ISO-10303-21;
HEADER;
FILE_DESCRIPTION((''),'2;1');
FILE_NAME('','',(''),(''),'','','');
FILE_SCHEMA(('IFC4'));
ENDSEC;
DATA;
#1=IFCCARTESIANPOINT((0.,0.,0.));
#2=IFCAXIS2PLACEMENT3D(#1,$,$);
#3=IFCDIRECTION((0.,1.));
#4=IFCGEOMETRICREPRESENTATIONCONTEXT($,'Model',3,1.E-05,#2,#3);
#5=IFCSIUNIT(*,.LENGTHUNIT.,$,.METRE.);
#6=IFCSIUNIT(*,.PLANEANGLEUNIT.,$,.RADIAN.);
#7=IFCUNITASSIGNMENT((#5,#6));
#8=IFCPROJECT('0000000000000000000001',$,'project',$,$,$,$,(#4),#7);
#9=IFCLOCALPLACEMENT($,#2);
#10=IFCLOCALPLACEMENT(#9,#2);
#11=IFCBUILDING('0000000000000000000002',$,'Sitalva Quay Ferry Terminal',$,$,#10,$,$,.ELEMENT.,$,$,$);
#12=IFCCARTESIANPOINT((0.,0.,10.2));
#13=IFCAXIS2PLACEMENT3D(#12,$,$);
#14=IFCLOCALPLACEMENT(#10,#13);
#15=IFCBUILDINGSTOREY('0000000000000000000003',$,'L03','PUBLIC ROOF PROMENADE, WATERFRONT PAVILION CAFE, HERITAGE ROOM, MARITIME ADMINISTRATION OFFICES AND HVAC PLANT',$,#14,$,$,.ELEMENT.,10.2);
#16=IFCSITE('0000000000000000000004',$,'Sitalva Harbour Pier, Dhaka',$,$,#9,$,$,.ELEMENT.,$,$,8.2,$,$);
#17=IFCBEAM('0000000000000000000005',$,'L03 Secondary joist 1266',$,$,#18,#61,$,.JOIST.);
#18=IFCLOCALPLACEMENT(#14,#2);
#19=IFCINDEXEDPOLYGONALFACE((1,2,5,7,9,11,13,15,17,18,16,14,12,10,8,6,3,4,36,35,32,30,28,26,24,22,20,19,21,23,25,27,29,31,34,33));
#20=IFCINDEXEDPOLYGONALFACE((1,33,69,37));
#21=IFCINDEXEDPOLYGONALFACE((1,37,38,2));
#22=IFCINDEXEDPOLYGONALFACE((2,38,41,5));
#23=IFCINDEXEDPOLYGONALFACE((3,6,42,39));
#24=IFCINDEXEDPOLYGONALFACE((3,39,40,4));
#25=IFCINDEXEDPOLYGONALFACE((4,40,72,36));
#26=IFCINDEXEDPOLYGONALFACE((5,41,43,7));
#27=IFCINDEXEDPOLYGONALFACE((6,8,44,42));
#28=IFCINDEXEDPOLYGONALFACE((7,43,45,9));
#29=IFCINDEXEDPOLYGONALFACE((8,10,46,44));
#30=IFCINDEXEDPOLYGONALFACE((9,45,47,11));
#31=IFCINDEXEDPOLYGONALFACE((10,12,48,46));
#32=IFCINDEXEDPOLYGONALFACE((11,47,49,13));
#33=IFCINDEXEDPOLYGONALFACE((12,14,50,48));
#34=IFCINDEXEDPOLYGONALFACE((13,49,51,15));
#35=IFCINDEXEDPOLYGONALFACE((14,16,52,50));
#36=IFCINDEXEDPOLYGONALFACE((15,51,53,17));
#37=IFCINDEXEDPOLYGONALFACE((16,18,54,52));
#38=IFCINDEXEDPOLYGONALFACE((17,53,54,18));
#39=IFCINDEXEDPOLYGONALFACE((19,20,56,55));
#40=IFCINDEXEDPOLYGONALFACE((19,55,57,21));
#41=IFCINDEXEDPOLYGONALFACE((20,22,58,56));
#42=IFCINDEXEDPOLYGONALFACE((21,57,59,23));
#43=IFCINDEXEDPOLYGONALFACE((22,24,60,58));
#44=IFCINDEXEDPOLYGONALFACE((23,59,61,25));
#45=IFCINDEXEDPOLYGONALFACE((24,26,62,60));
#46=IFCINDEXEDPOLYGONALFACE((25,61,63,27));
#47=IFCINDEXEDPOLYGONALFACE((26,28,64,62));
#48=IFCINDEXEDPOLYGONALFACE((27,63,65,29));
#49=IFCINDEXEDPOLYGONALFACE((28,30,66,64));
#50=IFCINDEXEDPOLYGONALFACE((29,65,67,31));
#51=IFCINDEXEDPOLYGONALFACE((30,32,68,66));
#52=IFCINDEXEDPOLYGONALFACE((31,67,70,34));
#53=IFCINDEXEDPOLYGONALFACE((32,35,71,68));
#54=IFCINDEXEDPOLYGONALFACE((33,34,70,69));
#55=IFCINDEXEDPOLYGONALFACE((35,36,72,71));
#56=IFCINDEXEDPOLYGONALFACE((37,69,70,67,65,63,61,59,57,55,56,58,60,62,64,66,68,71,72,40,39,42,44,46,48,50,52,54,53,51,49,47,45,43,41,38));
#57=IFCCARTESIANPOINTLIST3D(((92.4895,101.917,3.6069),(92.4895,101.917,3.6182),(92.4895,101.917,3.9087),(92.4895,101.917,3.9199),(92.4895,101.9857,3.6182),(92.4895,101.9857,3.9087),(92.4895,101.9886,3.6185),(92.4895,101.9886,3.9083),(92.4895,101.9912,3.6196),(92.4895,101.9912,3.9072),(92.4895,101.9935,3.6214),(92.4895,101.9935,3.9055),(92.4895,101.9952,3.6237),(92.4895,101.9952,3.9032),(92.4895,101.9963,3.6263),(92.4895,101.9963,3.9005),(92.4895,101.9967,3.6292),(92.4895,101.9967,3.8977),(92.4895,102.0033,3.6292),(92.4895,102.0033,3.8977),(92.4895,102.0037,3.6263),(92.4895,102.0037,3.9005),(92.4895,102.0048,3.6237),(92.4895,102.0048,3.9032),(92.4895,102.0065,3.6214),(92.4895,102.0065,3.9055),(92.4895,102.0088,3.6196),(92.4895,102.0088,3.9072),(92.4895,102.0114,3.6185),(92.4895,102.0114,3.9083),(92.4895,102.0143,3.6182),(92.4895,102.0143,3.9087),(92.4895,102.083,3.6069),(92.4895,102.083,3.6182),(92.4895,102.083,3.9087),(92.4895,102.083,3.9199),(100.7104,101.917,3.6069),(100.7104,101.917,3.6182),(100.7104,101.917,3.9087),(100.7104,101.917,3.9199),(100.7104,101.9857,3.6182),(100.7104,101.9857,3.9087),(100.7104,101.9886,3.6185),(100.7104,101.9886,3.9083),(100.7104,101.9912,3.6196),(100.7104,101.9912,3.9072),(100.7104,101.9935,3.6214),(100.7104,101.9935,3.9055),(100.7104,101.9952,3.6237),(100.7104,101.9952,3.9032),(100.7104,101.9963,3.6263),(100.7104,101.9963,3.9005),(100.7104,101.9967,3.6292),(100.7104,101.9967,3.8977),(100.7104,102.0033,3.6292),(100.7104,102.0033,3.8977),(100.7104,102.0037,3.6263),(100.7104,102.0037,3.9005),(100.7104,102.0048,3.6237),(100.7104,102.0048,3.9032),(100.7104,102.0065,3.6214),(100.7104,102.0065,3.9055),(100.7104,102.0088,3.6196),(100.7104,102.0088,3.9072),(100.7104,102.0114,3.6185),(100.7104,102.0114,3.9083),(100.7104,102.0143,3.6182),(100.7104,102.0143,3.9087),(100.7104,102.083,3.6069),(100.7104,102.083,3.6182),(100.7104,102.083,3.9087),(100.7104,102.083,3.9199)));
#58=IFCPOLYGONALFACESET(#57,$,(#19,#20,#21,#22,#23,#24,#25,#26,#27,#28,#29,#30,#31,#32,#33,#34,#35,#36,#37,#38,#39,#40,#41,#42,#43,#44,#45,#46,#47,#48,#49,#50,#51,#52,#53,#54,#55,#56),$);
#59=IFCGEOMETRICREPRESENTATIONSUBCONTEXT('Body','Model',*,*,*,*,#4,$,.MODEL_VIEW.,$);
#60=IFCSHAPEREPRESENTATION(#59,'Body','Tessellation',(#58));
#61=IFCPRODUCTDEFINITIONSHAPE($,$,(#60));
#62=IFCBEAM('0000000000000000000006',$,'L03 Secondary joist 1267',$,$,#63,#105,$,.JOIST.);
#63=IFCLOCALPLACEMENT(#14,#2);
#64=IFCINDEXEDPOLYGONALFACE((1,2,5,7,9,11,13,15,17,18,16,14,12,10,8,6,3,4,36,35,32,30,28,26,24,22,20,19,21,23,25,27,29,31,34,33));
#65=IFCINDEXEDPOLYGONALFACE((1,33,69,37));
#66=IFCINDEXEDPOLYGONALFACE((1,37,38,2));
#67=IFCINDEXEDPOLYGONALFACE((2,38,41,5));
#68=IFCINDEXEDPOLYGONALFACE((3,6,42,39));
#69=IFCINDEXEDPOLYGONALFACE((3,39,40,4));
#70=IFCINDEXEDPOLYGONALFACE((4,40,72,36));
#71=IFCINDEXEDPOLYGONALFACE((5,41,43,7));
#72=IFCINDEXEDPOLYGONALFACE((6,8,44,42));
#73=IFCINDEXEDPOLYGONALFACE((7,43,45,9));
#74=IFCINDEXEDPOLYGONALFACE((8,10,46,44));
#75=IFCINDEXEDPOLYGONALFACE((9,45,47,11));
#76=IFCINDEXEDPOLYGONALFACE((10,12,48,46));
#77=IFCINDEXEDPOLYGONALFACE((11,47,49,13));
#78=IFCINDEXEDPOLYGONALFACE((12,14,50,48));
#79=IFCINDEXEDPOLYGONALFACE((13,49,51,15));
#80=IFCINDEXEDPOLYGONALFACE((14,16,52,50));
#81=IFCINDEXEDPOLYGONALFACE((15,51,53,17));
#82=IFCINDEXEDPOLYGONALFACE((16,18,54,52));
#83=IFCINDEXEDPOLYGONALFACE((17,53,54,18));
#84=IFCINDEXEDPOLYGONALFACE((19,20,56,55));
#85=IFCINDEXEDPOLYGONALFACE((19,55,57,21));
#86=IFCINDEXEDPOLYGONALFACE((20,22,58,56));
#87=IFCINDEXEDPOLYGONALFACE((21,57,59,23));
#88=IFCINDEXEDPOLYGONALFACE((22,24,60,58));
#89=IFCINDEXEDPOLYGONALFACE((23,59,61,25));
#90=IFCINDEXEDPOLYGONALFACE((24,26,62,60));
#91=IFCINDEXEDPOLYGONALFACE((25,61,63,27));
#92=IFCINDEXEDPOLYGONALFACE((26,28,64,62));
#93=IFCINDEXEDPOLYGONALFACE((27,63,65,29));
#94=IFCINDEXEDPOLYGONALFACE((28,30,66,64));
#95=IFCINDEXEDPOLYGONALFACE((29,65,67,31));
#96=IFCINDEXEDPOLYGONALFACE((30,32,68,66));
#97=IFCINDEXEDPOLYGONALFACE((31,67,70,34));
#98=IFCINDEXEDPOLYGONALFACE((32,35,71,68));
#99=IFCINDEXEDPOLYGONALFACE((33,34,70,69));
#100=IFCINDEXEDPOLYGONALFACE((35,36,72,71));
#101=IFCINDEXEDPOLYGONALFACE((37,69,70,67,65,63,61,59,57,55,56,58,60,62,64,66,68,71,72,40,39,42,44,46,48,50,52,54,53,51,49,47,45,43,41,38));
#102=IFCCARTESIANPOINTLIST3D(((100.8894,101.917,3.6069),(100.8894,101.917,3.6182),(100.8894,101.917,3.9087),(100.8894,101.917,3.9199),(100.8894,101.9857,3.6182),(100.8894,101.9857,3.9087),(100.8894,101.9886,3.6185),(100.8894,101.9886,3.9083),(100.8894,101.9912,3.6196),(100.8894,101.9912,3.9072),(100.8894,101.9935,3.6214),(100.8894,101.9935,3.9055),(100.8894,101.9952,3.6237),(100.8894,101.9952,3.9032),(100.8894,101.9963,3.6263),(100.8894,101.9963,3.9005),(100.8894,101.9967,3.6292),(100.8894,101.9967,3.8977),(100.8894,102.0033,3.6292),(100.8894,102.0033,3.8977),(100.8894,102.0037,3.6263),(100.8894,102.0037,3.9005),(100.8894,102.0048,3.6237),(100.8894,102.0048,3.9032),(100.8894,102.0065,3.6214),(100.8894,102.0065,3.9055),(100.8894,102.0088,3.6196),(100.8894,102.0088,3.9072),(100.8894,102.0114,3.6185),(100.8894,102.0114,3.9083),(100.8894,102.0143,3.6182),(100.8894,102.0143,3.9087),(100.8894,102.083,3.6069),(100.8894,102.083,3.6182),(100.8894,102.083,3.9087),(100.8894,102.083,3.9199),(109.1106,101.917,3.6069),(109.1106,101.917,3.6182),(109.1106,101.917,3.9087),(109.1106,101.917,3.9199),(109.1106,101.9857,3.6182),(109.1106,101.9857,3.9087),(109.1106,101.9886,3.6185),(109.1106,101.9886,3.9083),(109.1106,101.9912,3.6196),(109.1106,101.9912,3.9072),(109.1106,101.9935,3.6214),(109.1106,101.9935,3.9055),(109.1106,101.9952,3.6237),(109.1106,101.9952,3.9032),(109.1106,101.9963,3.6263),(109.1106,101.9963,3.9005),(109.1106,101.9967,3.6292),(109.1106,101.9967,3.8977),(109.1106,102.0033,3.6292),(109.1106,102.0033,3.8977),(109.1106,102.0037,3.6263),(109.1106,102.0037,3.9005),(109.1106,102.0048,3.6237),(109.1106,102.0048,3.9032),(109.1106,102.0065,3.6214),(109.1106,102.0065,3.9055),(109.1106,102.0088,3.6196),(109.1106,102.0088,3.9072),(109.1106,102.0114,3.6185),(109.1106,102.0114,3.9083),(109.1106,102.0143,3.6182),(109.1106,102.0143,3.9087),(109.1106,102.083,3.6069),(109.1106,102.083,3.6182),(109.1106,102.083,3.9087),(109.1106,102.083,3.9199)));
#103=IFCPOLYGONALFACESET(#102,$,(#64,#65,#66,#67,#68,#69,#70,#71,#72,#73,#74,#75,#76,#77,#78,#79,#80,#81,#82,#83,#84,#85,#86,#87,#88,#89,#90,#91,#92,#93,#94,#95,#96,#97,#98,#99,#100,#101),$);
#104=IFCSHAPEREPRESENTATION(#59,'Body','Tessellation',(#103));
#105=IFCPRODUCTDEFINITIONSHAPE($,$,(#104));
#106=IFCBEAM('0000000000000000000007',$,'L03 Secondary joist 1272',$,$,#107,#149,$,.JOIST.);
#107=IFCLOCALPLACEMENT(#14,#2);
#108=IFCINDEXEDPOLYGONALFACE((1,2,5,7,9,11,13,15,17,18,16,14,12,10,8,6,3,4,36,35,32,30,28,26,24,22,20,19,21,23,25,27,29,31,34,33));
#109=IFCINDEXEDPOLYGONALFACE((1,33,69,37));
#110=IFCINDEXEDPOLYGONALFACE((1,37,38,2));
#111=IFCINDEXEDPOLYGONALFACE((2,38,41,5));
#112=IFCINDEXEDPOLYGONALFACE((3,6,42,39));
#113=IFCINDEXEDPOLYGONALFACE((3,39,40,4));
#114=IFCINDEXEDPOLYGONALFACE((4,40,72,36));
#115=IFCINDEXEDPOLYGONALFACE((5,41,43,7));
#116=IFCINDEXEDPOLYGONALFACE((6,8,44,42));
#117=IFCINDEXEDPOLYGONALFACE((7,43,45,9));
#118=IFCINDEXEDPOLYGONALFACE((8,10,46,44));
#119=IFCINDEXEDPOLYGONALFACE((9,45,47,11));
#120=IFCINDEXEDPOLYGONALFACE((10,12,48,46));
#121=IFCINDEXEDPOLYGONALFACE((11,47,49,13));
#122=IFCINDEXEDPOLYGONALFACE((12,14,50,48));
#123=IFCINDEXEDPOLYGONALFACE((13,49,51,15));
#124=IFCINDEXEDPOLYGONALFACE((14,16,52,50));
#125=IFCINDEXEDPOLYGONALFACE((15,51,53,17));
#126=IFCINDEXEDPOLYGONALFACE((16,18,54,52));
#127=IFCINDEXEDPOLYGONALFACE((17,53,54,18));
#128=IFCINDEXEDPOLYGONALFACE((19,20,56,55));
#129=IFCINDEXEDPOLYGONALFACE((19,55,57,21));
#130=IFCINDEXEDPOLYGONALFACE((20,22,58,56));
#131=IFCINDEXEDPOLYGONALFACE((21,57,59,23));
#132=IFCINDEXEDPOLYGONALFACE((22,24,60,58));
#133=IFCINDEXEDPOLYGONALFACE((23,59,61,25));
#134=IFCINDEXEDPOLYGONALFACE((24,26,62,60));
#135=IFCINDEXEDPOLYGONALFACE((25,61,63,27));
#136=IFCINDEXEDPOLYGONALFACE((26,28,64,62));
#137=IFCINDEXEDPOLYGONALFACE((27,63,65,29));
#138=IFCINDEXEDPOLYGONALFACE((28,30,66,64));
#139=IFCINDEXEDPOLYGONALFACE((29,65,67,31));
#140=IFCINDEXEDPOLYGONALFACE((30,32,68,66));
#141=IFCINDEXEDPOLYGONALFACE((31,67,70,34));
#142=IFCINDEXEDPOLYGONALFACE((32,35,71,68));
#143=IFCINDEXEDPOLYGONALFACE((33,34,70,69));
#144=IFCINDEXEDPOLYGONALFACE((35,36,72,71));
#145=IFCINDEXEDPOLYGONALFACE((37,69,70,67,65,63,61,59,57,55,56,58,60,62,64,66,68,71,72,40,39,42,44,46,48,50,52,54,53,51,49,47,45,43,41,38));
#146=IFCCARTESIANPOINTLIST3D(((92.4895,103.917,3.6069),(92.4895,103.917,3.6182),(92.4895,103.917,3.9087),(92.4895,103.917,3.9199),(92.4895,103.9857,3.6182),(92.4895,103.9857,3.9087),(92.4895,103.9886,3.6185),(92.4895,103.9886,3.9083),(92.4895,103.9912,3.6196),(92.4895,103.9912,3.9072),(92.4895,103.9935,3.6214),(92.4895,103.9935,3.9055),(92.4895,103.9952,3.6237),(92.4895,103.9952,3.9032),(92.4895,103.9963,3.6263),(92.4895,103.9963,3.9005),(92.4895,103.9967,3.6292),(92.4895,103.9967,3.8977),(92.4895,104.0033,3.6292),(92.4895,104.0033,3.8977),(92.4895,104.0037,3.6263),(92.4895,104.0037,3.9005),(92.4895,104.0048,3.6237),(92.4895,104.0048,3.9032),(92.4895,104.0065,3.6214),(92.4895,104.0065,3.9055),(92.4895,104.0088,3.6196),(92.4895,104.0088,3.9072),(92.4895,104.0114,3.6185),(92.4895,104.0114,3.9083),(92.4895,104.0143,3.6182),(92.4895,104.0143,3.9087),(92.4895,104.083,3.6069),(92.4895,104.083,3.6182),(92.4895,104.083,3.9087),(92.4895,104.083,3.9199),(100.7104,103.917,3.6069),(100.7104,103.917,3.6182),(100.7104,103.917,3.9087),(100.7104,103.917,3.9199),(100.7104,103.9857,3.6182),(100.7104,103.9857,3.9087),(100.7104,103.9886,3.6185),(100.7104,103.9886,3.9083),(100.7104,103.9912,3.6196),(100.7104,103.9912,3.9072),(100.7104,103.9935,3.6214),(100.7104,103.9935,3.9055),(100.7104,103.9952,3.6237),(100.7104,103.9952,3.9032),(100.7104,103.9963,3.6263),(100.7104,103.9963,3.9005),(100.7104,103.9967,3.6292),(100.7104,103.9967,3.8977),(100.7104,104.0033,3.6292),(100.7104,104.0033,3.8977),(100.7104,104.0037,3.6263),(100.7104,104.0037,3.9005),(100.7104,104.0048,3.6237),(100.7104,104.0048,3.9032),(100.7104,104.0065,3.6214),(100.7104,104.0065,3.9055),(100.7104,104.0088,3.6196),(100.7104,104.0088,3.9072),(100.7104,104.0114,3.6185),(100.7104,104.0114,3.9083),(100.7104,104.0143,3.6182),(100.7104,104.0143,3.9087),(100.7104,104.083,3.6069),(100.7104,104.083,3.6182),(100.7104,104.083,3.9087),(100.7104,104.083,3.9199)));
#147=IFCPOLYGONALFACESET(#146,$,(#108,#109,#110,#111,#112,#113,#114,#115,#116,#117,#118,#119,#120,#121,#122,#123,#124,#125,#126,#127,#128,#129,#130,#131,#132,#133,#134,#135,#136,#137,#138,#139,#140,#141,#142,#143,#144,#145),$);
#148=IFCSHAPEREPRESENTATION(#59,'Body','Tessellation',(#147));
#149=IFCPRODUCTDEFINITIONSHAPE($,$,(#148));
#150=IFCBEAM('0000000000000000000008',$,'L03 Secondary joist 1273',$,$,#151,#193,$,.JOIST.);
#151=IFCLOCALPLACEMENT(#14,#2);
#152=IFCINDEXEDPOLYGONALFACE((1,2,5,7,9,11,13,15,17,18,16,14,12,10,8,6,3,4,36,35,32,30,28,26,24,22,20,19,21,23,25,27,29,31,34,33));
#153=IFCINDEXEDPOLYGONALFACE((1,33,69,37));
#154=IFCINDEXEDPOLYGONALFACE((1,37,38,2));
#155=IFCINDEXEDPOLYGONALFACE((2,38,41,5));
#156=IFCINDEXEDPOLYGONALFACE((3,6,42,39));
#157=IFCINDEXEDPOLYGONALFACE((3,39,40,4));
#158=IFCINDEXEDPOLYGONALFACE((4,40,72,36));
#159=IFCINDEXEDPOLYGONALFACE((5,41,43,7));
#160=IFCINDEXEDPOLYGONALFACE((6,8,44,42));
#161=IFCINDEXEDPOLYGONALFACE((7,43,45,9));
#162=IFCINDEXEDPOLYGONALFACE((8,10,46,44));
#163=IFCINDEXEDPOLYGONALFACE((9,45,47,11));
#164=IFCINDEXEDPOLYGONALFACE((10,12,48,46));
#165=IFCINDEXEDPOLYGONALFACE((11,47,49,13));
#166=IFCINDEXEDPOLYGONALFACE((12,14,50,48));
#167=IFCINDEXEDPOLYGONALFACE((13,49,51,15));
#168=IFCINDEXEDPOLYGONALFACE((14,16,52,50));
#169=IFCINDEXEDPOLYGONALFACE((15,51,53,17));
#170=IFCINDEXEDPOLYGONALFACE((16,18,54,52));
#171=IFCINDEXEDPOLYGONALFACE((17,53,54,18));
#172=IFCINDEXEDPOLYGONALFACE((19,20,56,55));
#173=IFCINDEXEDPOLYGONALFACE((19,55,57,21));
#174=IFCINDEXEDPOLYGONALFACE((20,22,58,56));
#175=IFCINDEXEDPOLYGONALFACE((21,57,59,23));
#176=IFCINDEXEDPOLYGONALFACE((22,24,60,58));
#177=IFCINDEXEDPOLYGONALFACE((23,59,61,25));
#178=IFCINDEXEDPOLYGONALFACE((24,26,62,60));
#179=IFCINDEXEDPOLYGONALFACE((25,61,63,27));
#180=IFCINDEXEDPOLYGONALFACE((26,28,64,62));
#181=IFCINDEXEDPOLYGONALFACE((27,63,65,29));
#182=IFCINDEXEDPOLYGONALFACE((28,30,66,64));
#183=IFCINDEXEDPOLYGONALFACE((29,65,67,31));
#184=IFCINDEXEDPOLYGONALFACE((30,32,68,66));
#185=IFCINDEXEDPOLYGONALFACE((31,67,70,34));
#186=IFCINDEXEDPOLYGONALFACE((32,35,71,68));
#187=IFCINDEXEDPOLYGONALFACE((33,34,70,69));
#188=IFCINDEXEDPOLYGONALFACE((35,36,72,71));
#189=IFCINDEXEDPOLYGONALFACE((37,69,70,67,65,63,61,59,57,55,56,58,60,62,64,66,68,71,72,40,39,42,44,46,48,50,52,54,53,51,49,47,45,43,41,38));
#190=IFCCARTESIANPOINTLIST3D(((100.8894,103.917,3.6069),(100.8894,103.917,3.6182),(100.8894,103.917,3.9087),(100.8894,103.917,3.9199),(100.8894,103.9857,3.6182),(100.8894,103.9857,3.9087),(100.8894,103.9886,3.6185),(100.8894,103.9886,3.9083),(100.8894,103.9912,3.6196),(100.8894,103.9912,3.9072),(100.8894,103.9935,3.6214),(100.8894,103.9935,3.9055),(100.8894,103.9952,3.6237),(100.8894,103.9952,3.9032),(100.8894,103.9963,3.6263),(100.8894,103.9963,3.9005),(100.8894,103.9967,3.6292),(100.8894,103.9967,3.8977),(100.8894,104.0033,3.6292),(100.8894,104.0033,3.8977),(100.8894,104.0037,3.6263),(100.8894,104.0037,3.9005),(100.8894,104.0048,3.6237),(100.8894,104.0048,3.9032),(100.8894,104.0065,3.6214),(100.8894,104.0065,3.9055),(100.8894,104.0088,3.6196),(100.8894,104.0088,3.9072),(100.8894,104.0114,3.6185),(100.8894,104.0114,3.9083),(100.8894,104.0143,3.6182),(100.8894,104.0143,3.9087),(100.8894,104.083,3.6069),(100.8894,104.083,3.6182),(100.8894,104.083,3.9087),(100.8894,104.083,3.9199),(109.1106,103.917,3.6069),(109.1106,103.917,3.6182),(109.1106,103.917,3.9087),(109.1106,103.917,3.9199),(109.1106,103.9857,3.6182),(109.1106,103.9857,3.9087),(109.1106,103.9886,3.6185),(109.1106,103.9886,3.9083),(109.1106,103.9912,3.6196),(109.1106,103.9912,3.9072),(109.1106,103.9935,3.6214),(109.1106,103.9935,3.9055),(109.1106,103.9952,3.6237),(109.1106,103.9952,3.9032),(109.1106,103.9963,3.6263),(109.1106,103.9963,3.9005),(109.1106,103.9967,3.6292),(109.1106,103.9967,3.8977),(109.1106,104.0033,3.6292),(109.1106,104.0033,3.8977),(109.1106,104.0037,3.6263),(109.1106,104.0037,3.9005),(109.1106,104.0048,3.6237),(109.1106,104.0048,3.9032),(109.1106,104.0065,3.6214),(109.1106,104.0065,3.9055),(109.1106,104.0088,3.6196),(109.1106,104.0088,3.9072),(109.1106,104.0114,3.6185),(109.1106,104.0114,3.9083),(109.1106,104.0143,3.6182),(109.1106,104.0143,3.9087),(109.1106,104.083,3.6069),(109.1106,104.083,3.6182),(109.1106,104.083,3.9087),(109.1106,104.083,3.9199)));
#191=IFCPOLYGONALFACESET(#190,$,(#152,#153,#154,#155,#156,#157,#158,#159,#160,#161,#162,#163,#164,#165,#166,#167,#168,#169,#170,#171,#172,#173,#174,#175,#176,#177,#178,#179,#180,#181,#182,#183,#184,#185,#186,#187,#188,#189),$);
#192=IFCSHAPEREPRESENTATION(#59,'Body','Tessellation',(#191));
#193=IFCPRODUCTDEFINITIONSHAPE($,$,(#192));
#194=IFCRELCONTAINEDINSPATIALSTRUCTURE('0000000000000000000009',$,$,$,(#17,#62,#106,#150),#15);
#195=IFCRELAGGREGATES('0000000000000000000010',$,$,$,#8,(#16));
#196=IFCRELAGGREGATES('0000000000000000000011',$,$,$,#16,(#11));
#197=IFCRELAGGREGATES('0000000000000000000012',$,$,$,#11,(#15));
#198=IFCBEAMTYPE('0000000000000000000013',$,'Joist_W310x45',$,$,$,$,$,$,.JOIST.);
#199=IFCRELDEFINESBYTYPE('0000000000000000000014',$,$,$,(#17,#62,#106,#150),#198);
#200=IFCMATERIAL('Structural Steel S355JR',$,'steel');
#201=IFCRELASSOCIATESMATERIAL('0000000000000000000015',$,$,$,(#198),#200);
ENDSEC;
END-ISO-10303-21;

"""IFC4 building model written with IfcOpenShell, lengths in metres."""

from ifc_helpers import new_model, si_unit, direction, frame, origin, origin_2d, place, context, subcontext, project, spatial, i_section, extrude, material, material_profile, profile_set, type_object, element, save


model = new_model("IFC4")

# Units and contexts
model_context = context("Model", 3, precision=1e-05, world=origin(), true_north=direction((0.0, 1.0)))
body_context = subcontext(model_context, "Body", "Model", "MODEL_VIEW")
ifc_project = project(units=[si_unit("LENGTHUNIT", "METRE"), si_unit("PLANEANGLEUNIT", "RADIAN")], contexts=[model_context])

# Site, building, storey
site_placement = place(None, origin())
site = spatial("IfcSite", under=ifc_project, at=site_placement, Name="Sitalva Harbour Pier, Dhaka", CompositionType="ELEMENT", RefElevation=8.2)
building_placement = place(site_placement, origin())
building = spatial("IfcBuilding", under=site, at=building_placement, Name="Sitalva Quay Ferry Terminal", CompositionType="ELEMENT")
storey_placement = place(building_placement, frame((0.0, 0.0, 10.2)))
storey = spatial("IfcBuildingStorey", under=building, at=storey_placement, Name="L03", Description="PUBLIC ROOF PROMENADE, WATERFRONT PAVILION CAFE, HERITAGE ROOM, MARITIME ADMINISTRATION OFFICES AND HVAC PLANT", CompositionType="ELEMENT", Elevation=10.2)

# Beams
ifc_material_1 = material(Name="Structural Steel S355JR", Category="steel")
ifc_material_profile_1 = material_profile(ifc_material_1, i_section(OverallWidth=0.166, OverallDepth=0.313, WebThickness=0.0066, FlangeThickness=0.0112, FilletRadius=0.011, at=origin_2d()), Name="W310x45")
ifc_profile_set_1 = profile_set([ifc_material_profile_1], Name="Structural Steel S355JR")
beam_type_1 = type_object("IfcBeamType", Name="Joist_W310x45", PredefinedType="JOIST", material=ifc_profile_set_1)
beam_1_placement = place(storey_placement, frame((92.4895, 102.0, 3.7634), z_axis=(1.0, 0.0, 0.0), x_axis=(0.0, 1.0, 0.0)))
element("IfcBeam", 1, at=beam_1_placement, inside=storey, type_object=beam_type_1, Name="L03 Secondary joist 1266", PredefinedType="JOIST", context=body_context, shape_type="SweptSolid", body=[
    extrude(i_section(OverallWidth=0.166, OverallDepth=0.313, WebThickness=0.0066, FlangeThickness=0.0112, FilletRadius=0.011, at=origin_2d()), origin(), (0.0, 0.0, 1.0), 8.2209),
])
beam_2_placement = place(storey_placement, frame((100.8894, 102.0, 3.7634), z_axis=(1.0, 0.0, 0.0), x_axis=(0.0, 1.0, 0.0)))
element("IfcBeam", 2, at=beam_2_placement, inside=storey, type_object=beam_type_1, Name="L03 Secondary joist 1267", PredefinedType="JOIST", context=body_context, shape_type="SweptSolid", body=[
    extrude(i_section(OverallWidth=0.166, OverallDepth=0.313, WebThickness=0.0066, FlangeThickness=0.0112, FilletRadius=0.011, at=origin_2d()), origin(), (0.0, 0.0, 1.0), 8.2212),
])
beam_3_placement = place(storey_placement, frame((92.4895, 104.0, 3.7634), z_axis=(1.0, 0.0, 0.0), x_axis=(0.0, 1.0, 0.0)))
element("IfcBeam", 3, at=beam_3_placement, inside=storey, type_object=beam_type_1, Name="L03 Secondary joist 1272", PredefinedType="JOIST", context=body_context, shape_type="SweptSolid", body=[
    extrude(i_section(OverallWidth=0.166, OverallDepth=0.313, WebThickness=0.0066, FlangeThickness=0.0112, FilletRadius=0.011, at=origin_2d()), origin(), (0.0, 0.0, 1.0), 8.2209),
])
beam_4_placement = place(storey_placement, frame((100.8894, 104.0, 3.7634), z_axis=(1.0, 0.0, 0.0), x_axis=(0.0, 1.0, 0.0)))
element("IfcBeam", 4, at=beam_4_placement, inside=storey, type_object=beam_type_1, Name="L03 Secondary joist 1273", PredefinedType="JOIST", context=body_context, shape_type="SweptSolid", body=[
    extrude(i_section(OverallWidth=0.166, OverallDepth=0.313, WebThickness=0.0066, FlangeThickness=0.0112, FilletRadius=0.011, at=origin_2d()), origin(), (0.0, 0.0, 1.0), 8.2212),
])

save(model, "model.ifc")
